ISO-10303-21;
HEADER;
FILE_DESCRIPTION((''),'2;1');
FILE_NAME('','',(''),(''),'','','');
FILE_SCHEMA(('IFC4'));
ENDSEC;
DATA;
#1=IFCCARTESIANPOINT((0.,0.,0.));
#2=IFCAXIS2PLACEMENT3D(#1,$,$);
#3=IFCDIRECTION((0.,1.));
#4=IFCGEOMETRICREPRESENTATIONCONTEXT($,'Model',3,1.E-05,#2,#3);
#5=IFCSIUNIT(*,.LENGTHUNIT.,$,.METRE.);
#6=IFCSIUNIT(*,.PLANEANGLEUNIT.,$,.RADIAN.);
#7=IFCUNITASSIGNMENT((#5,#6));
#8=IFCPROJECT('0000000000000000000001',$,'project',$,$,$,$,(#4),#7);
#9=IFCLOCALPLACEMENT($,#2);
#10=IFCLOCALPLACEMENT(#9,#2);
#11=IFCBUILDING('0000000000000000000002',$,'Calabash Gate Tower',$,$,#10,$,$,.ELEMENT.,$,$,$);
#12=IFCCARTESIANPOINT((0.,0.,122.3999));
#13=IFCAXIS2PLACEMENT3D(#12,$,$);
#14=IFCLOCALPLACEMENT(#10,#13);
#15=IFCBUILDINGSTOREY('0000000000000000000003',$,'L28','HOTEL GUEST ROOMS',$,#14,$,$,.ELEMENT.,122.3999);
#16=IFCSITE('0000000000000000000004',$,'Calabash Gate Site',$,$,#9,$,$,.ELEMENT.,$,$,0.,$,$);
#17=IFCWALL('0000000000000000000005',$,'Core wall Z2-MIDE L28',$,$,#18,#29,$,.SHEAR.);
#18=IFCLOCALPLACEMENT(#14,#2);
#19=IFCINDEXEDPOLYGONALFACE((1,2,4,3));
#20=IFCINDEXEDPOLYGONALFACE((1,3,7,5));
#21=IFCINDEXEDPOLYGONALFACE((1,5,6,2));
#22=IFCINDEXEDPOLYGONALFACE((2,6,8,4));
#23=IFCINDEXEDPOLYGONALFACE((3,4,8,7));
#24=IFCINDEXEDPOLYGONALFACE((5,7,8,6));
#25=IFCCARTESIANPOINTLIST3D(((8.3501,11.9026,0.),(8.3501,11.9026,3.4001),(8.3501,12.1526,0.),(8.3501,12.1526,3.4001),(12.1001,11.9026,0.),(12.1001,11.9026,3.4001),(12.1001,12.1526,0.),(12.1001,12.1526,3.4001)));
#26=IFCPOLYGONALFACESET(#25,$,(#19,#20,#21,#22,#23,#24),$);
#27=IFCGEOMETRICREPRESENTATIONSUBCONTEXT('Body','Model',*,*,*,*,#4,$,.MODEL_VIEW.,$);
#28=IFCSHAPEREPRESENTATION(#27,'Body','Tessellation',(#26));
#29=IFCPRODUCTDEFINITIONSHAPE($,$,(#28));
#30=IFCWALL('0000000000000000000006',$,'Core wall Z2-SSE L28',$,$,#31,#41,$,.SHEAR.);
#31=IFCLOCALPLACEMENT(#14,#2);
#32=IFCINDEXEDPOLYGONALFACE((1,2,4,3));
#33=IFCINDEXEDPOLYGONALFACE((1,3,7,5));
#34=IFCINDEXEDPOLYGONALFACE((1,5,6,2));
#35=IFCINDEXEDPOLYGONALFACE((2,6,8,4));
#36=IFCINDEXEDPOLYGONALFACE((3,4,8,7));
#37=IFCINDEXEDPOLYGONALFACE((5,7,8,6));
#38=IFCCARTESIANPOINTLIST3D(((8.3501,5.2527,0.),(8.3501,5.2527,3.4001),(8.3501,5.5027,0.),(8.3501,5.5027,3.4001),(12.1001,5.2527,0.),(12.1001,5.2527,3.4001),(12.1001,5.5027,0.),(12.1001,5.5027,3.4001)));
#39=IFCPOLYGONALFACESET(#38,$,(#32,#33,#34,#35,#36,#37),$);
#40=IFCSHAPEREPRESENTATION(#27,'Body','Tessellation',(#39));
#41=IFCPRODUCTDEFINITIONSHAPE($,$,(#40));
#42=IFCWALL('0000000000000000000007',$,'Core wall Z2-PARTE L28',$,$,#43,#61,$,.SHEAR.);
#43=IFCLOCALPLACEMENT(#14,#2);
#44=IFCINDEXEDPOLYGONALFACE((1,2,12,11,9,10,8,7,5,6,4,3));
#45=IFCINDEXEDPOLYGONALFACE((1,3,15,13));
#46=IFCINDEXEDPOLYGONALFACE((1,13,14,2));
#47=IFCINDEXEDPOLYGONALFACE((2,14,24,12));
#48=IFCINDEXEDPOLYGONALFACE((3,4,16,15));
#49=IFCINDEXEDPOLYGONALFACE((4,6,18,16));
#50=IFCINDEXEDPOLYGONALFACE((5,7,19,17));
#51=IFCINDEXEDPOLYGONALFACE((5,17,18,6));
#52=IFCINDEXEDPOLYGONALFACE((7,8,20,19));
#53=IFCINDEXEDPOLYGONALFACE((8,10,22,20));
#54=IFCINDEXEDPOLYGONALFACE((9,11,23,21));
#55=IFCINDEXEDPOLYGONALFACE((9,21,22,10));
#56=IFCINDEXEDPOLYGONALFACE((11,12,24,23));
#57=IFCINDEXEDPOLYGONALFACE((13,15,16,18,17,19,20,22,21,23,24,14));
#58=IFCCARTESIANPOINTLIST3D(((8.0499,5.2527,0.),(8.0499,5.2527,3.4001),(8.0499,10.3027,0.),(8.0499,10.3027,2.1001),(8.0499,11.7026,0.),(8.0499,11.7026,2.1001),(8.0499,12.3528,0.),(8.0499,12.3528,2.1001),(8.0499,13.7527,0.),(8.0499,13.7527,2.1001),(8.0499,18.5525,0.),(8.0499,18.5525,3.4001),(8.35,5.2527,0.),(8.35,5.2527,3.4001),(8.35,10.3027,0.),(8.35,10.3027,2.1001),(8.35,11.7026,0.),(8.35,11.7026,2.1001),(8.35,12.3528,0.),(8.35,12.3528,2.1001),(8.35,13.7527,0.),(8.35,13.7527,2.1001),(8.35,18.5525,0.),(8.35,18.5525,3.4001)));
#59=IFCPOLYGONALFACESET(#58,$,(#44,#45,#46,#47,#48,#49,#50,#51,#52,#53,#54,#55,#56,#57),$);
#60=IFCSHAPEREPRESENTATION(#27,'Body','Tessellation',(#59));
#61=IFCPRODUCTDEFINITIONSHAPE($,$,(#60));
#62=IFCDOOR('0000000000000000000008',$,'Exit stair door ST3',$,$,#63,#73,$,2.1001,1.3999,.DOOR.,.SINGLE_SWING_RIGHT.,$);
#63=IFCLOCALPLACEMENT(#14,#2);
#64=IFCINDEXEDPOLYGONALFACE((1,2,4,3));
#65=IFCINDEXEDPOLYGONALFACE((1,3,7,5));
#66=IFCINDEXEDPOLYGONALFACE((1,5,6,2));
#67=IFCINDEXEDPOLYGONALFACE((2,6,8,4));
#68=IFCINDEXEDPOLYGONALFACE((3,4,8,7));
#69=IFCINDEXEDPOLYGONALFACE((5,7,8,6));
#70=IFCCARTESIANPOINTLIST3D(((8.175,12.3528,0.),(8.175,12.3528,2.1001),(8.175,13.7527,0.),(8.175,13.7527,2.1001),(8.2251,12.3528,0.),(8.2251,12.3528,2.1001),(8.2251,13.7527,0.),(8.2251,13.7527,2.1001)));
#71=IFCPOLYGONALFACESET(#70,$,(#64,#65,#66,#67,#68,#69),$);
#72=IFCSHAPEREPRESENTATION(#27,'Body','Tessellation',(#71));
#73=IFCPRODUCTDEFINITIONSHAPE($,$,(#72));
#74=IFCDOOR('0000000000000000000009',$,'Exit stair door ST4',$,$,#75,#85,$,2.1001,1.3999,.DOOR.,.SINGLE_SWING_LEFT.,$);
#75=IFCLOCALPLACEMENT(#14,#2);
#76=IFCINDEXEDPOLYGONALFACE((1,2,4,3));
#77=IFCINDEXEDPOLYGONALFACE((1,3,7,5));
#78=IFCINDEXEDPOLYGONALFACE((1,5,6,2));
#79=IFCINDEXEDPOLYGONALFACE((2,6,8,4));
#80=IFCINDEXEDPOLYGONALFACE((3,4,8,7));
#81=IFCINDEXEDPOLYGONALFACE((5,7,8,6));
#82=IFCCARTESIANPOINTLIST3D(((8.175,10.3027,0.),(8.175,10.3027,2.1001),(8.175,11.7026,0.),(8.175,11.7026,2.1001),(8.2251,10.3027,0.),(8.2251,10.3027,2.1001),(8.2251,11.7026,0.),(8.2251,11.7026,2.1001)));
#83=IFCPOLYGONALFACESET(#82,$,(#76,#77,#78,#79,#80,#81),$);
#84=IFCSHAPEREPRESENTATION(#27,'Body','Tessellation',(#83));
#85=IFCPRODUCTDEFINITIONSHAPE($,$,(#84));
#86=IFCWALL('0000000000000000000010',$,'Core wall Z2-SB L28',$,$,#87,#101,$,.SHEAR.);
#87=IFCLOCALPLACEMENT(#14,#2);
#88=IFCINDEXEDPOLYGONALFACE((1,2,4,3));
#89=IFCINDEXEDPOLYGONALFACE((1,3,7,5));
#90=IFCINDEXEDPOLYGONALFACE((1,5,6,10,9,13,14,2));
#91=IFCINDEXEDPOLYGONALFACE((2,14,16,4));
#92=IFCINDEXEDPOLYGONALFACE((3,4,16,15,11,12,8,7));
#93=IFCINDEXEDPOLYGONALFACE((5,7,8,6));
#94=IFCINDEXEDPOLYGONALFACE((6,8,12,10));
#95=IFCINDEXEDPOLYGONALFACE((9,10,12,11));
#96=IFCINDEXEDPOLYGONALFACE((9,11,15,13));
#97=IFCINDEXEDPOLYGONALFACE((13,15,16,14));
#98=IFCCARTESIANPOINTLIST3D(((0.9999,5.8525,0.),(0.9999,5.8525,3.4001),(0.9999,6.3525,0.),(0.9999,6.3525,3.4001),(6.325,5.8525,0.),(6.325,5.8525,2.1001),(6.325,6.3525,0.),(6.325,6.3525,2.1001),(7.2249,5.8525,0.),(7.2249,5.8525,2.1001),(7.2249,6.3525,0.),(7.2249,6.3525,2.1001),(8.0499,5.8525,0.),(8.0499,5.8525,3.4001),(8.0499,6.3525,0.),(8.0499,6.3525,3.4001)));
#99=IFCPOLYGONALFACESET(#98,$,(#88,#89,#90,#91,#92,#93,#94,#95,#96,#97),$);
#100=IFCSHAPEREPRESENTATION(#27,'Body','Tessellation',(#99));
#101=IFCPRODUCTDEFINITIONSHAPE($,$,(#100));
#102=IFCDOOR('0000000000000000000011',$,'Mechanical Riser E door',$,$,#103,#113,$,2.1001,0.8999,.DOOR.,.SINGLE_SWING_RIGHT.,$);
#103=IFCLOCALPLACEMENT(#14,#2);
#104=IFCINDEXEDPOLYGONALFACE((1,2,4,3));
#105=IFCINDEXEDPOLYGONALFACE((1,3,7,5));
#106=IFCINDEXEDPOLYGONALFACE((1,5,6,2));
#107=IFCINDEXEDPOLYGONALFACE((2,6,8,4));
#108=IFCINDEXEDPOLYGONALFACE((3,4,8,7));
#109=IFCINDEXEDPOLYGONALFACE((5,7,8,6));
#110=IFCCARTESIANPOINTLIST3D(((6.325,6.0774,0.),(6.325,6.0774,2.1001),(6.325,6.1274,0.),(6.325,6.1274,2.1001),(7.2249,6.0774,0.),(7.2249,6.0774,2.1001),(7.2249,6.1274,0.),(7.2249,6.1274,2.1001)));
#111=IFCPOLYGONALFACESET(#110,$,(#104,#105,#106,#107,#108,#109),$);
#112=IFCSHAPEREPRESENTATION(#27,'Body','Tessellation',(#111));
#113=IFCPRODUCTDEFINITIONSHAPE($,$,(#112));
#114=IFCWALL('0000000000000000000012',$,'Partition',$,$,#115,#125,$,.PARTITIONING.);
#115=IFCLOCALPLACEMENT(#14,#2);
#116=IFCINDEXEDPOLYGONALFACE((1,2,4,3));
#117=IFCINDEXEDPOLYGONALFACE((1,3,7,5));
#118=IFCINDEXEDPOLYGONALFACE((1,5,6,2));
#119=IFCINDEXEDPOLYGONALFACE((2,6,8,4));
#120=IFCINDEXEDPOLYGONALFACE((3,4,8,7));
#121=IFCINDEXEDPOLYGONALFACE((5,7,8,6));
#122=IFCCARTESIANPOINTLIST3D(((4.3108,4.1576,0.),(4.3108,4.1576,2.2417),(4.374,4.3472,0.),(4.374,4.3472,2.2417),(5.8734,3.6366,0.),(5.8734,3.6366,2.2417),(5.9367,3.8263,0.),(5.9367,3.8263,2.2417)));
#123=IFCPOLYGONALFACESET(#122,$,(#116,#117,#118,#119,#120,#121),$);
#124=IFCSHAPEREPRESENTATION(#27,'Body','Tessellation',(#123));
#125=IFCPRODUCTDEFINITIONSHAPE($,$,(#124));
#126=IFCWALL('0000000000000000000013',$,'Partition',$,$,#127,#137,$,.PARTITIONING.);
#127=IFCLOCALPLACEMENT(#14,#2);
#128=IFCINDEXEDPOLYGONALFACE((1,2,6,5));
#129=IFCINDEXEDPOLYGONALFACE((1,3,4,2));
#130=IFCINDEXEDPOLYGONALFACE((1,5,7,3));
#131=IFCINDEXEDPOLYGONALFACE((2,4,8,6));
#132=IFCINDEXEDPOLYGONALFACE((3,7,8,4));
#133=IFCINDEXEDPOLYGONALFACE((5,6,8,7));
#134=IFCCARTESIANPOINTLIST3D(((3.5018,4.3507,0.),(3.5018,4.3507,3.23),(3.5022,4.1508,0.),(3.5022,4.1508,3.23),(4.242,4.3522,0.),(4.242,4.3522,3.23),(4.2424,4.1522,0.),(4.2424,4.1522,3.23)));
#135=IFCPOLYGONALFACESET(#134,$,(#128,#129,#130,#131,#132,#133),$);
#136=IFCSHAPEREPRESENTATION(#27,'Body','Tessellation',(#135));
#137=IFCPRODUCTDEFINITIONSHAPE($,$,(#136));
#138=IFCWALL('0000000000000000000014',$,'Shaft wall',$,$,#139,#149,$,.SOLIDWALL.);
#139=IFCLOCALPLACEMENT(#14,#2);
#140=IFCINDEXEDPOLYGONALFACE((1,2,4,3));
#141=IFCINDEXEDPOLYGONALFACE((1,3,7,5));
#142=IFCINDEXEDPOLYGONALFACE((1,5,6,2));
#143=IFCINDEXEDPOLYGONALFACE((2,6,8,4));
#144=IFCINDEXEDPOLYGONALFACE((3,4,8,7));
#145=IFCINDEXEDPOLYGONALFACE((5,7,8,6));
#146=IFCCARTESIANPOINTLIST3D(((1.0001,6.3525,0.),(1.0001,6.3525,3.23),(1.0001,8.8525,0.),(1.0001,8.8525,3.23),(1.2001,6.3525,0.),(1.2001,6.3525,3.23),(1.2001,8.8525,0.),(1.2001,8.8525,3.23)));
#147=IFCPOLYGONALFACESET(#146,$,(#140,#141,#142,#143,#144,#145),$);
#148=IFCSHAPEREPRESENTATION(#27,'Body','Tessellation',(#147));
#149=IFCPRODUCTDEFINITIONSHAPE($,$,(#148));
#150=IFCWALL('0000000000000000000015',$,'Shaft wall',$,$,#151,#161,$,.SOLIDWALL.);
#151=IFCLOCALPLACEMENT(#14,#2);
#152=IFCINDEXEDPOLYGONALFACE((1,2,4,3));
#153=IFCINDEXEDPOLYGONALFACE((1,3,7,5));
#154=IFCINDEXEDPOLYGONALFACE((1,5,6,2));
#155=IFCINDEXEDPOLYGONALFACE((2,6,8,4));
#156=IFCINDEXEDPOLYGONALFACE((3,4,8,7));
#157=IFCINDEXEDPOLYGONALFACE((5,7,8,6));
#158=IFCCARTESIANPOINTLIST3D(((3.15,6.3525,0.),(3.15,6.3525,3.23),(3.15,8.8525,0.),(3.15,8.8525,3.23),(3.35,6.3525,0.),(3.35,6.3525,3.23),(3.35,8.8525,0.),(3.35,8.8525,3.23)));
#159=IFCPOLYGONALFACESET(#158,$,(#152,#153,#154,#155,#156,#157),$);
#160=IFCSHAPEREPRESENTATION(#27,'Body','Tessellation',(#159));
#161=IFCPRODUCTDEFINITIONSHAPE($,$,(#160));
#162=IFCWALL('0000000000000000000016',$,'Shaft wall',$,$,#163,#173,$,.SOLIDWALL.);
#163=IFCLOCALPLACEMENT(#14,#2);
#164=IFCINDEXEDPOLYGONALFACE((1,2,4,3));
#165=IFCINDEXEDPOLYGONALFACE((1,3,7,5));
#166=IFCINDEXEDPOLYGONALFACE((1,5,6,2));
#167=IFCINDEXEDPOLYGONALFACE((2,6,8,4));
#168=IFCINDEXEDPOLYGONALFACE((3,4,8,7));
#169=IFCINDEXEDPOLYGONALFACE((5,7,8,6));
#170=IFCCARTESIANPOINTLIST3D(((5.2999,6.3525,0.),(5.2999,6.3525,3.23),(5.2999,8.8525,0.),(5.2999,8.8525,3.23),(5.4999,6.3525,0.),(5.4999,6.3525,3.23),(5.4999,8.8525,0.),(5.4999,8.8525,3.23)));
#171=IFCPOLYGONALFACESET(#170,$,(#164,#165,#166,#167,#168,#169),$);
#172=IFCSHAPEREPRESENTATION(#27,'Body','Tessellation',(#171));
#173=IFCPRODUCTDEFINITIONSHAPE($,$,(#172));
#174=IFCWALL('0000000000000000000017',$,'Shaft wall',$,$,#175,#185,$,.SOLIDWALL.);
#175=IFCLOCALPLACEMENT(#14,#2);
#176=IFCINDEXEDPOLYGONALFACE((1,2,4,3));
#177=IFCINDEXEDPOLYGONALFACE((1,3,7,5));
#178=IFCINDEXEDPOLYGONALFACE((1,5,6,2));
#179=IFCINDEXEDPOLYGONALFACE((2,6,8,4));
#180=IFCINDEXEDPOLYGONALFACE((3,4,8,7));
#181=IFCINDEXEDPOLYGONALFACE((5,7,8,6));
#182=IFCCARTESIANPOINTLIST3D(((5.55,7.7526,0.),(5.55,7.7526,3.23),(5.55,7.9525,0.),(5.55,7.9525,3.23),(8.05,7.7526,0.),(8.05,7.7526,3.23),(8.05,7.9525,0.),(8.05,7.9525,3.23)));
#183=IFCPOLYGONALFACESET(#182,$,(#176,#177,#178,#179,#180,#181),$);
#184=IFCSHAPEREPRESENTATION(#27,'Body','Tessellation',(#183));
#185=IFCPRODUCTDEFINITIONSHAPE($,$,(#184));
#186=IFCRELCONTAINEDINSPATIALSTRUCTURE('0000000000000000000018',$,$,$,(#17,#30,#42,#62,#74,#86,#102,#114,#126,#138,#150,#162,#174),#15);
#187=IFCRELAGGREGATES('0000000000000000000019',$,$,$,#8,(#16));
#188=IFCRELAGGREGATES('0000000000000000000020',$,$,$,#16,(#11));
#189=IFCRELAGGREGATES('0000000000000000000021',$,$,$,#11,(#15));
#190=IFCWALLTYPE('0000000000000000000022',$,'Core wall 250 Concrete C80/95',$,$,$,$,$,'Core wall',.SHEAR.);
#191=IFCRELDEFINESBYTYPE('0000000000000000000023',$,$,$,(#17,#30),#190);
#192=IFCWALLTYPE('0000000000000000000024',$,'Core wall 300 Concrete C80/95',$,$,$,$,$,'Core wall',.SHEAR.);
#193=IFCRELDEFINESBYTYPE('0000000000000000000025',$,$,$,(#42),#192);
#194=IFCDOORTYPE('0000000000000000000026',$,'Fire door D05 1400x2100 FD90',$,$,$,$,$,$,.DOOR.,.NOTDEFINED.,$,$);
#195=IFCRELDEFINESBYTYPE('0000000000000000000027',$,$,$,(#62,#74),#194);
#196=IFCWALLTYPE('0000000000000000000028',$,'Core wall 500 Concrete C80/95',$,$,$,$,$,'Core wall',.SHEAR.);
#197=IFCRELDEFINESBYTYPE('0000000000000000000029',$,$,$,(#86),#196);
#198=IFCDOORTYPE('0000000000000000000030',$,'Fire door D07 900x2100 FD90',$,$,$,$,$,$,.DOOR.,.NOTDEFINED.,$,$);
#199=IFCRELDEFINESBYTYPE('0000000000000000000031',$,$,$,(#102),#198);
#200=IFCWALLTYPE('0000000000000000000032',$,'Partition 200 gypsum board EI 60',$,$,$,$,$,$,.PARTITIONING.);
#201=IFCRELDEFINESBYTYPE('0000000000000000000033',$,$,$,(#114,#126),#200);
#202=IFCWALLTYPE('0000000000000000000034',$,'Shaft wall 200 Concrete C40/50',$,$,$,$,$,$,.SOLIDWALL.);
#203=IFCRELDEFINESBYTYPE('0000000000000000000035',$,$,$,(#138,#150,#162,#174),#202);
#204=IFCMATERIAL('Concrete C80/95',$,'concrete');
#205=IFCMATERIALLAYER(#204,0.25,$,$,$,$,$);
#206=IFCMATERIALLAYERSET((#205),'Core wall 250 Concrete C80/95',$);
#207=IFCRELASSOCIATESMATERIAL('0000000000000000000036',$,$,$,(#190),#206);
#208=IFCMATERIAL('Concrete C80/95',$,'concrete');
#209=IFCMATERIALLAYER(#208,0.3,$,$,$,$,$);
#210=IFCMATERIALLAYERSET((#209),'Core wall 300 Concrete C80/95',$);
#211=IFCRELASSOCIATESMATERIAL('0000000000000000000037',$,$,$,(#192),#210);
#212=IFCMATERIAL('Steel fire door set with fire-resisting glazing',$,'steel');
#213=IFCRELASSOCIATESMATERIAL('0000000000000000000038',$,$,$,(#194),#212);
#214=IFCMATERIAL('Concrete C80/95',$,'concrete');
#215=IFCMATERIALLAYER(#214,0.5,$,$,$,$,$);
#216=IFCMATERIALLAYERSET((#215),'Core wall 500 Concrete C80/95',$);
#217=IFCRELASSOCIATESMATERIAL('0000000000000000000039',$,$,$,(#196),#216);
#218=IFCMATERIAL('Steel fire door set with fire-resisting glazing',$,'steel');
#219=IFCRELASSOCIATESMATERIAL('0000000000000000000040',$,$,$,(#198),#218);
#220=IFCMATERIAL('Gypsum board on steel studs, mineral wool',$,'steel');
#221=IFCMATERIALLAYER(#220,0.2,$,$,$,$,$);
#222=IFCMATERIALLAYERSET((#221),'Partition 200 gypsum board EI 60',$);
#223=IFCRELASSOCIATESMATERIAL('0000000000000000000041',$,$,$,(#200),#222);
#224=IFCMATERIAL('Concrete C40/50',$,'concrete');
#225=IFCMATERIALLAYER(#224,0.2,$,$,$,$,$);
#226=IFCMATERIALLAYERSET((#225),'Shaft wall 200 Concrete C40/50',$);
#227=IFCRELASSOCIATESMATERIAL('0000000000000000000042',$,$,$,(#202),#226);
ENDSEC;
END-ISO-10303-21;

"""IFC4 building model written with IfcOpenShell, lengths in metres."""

from ifc_helpers import new_model, si_unit, direction, frame, frame_2d, origin, place, context, subcontext, project, spatial, rectangle, extrude, material, layer, layer_set, type_object, element, fill, save


model = new_model("IFC4")

# Units and contexts
model_context = context("Model", 3, precision=1e-05, world=origin(), true_north=direction((0.0, 1.0)))
body_context = subcontext(model_context, "Body", "Model", "MODEL_VIEW")
ifc_project = project(units=[si_unit("LENGTHUNIT", "METRE"), si_unit("PLANEANGLEUNIT", "RADIAN")], contexts=[model_context])

# Site, building, storey
site_placement = place(None, origin())
site = spatial("IfcSite", under=ifc_project, at=site_placement, Name="Calabash Gate Site", CompositionType="ELEMENT", RefElevation=0.0)
building_placement = place(site_placement, origin())
building = spatial("IfcBuilding", under=site, at=building_placement, Name="Calabash Gate Tower", CompositionType="ELEMENT")
storey_placement = place(building_placement, frame((0.0, 0.0, 122.3999)))
storey = spatial("IfcBuildingStorey", under=building, at=storey_placement, Name="L28", Description="HOTEL GUEST ROOMS", CompositionType="ELEMENT", Elevation=122.3999)

# Walls
ifc_material_1 = material(Name="Concrete C80/95", Category="concrete")
ifc_layer_1 = layer(ifc_material_1, 0.25)
ifc_layer_set_1 = layer_set([ifc_layer_1], Name="Core wall 250 Concrete C80/95")
wall_type_1 = type_object("IfcWallType", Name="Core wall 250 Concrete C80/95", ElementType="Core wall", PredefinedType="SHEAR", material=ifc_layer_set_1)
for number, where, z_axis, x_axis, name in (
    (1, (8.3501, 12.0276, 0.0), (0.0, 0.0, 1.0), (1.0, 0.0, 0.0), "Core wall Z2-MIDE L28"),
    (2, (8.3501, 5.3777, 0.0), (0.0, 0.0, 1.0), (1.0, 0.0, 0.0), "Core wall Z2-SSE L28"),
):
    element("IfcWall", number, at=place(storey_placement, frame(where, z_axis=z_axis, x_axis=x_axis)), inside=storey, type_object=wall_type_1, Name=name, PredefinedType="SHEAR", context=body_context, shape_type="SweptSolid", body=[
        extrude(rectangle(XDim=3.75, YDim=0.25, at=frame_2d((1.875, 0.0))), origin(), (0.0, 0.0, 1.0), 3.4001),
    ])

# Wall, openings, doors
ifc_material_2 = material(Name="Concrete C80/95", Category="concrete")
ifc_layer_2 = layer(ifc_material_2, 0.3)
ifc_layer_set_2 = layer_set([ifc_layer_2], Name="Core wall 300 Concrete C80/95")
wall_type_2 = type_object("IfcWallType", Name="Core wall 300 Concrete C80/95", ElementType="Core wall", PredefinedType="SHEAR", material=ifc_layer_set_2)
wall_1_placement = place(storey_placement, frame((8.2, 5.2527, 0.0), z_axis=(0.0, 0.0, 1.0), x_axis=(0.0, 1.0, 0.0)))
wall_1 = element("IfcWall", 3, at=wall_1_placement, inside=storey, type_object=wall_type_2, Name="Core wall Z2-PARTE L28", PredefinedType="SHEAR", context=body_context, shape_type="SweptSolid", body=[
    extrude(rectangle(XDim=13.2998, YDim=0.3, at=frame_2d((6.6499, 0.0))), origin(), (0.0, 0.0, 1.0), 3.4001),
])
opening_1_placement = place(wall_1_placement, frame((7.1001, 0.0, 0.0)))
opening_1 = element("IfcOpeningElement", 4, at=opening_1_placement, cuts=wall_1, PredefinedType="OPENING", context=body_context, shape_type="SweptSolid", body=[
    extrude(rectangle(XDim=1.3999, YDim=2.1001, at=frame_2d((0.7, 1.05))), frame((0.0, 0.1599, 0.0), z_axis=(0.0, -1.0, 0.0), x_axis=(1.0, 0.0, 0.0)), (0.0, 0.0, 1.0), 0.3201),
])
opening_2_placement = place(wall_1_placement, frame((5.05, 0.0, 0.0)))
opening_2 = element("IfcOpeningElement", 5, at=opening_2_placement, cuts=wall_1, PredefinedType="OPENING", context=body_context, shape_type="SweptSolid", body=[
    extrude(rectangle(XDim=1.3999, YDim=2.1001, at=frame_2d((0.7, 1.05))), frame((0.0, 0.1599, 0.0), z_axis=(0.0, -1.0, 0.0), x_axis=(1.0, 0.0, 0.0)), (0.0, 0.0, 1.0), 0.3201),
])
ifc_material_3 = material(Name="Steel fire door set with fire-resisting glazing", Category="steel")
door_type_1 = type_object("IfcDoorType", Name="Fire door D05 1400x2100 FD90", OperationType="NOTDEFINED", PredefinedType="DOOR", material=ifc_material_3)
door_1_placement = place(opening_1_placement, origin())
door_1 = element("IfcDoor", 6, at=door_1_placement, inside=storey, type_object=door_type_1, Name="Exit stair door ST3", OperationType="SINGLE_SWING_RIGHT", OverallHeight=2.1001, OverallWidth=1.3999, PredefinedType="DOOR", context=body_context, shape_type="SweptSolid", body=[
    extrude(rectangle(XDim=1.3999, YDim=2.1001, at=frame_2d((0.7, 1.05))), frame((0.0, 0.0249, 0.0), z_axis=(0.0, -1.0, 0.0), x_axis=(1.0, 0.0, 0.0)), (0.0, 0.0, 1.0), 0.05),
])
fill(opening_1, door_1)
door_2_placement = place(opening_2_placement, origin())
door_2 = element("IfcDoor", 7, at=door_2_placement, inside=storey, type_object=door_type_1, Name="Exit stair door ST4", OperationType="SINGLE_SWING_LEFT", OverallHeight=2.1001, OverallWidth=1.3999, PredefinedType="DOOR", context=body_context, shape_type="SweptSolid", body=[
    extrude(rectangle(XDim=1.3999, YDim=2.1001, at=frame_2d((0.7, 1.05))), frame((0.0, 0.0249, 0.0), z_axis=(0.0, -1.0, 0.0), x_axis=(1.0, 0.0, 0.0)), (0.0, 0.0, 1.0), 0.05),
])
fill(opening_2, door_2)

# Wall, opening, door
ifc_material_4 = material(Name="Concrete C80/95", Category="concrete")
ifc_layer_3 = layer(ifc_material_4, 0.5)
ifc_layer_set_3 = layer_set([ifc_layer_3], Name="Core wall 500 Concrete C80/95")
wall_type_3 = type_object("IfcWallType", Name="Core wall 500 Concrete C80/95", ElementType="Core wall", PredefinedType="SHEAR", material=ifc_layer_set_3)
wall_2_placement = place(storey_placement, frame((1.0, 6.1025, 0.0), z_axis=(0.0, 0.0, 1.0), x_axis=(1.0, 0.0, 0.0)))
wall_2 = element("IfcWall", 8, at=wall_2_placement, inside=storey, type_object=wall_type_3, Name="Core wall Z2-SB L28", PredefinedType="SHEAR", context=body_context, shape_type="SweptSolid", body=[
    extrude(rectangle(XDim=7.05, YDim=0.5, at=frame_2d((3.5249, 0.0))), origin(), (0.0, 0.0, 1.0), 3.4001),
])
opening_3_placement = place(wall_2_placement, frame((5.325, 0.0, 0.0)))
opening_3 = element("IfcOpeningElement", 9, at=opening_3_placement, cuts=wall_2, PredefinedType="OPENING", context=body_context, shape_type="SweptSolid", body=[
    extrude(rectangle(XDim=0.8999, YDim=2.1001, at=frame_2d((0.45, 1.05))), frame((0.0, 0.26, 0.0), z_axis=(0.0, -1.0, 0.0), x_axis=(1.0, 0.0, 0.0)), (0.0, 0.0, 1.0), 0.52),
])
ifc_material_5 = material(Name="Steel fire door set with fire-resisting glazing", Category="steel")
door_type_2 = type_object("IfcDoorType", Name="Fire door D07 900x2100 FD90", OperationType="NOTDEFINED", PredefinedType="DOOR", material=ifc_material_5)
door_3_placement = place(opening_3_placement, origin())
door_3 = element("IfcDoor", 10, at=door_3_placement, inside=storey, type_object=door_type_2, Name="Mechanical Riser E door", OperationType="SINGLE_SWING_RIGHT", OverallHeight=2.1001, OverallWidth=0.8999, PredefinedType="DOOR", context=body_context, shape_type="SweptSolid", body=[
    extrude(rectangle(XDim=0.8999, YDim=2.1001, at=frame_2d((0.45, 1.05))), frame((0.0, 0.0249, 0.0), z_axis=(0.0, -1.0, 0.0), x_axis=(1.0, 0.0, 0.0)), (0.0, 0.0, 1.0), 0.05),
])
fill(opening_3, door_3)

# Walls
ifc_material_6 = material(Name="Gypsum board on steel studs, mineral wool", Category="steel")
ifc_layer_4 = layer(ifc_material_6, 0.2)
ifc_layer_set_4 = layer_set([ifc_layer_4], Name="Partition 200 gypsum board EI 60")
wall_type_4 = type_object("IfcWallType", Name="Partition 200 gypsum board EI 60", PredefinedType="PARTITIONING", material=ifc_layer_set_4)
wall_3_placement = place(storey_placement, frame((4.3423, 4.2524, 0.0), z_axis=(0.0, 0.0, 1.0), x_axis=(0.948668, -0.316272, 0.0)))
element("IfcWall", 11, at=wall_3_placement, inside=storey, type_object=wall_type_4, Name="Partition", PredefinedType="PARTITIONING", context=body_context, shape_type="SweptSolid", body=[
    extrude(rectangle(XDim=1.6472, YDim=0.2, at=frame_2d((0.8237, 0.0))), origin(), (0.0, 0.0, 1.0), 2.2417),
])
wall_4_placement = place(storey_placement, frame((3.502, 4.2507, 0.0), z_axis=(0.0, 0.0, 1.0), x_axis=(0.999998, 0.001979, 0.0)))
element("IfcWall", 12, at=wall_4_placement, inside=storey, type_object=wall_type_4, Name="Partition", PredefinedType="PARTITIONING", context=body_context, shape_type="SweptSolid", body=[
    extrude(rectangle(XDim=0.7402, YDim=0.2, at=frame_2d((0.3701, 0.0))), origin(), (0.0, 0.0, 1.0), 3.23),
])
ifc_material_7 = material(Name="Concrete C40/50", Category="concrete")
ifc_layer_5 = layer(ifc_material_7, 0.2)
ifc_layer_set_5 = layer_set([ifc_layer_5], Name="Shaft wall 200 Concrete C40/50")
wall_type_5 = type_object("IfcWallType", Name="Shaft wall 200 Concrete C40/50", PredefinedType="SOLIDWALL", material=ifc_layer_set_5)
for number, where, z_axis, x_axis, name in (
    (13, (1.1001, 6.3525, 0.0), (0.0, 0.0, 1.0), (0.0, 1.0, 0.0), "Shaft wall"),
    (14, (3.25, 6.3525, 0.0), (0.0, 0.0, 1.0), (0.0, 1.0, 0.0), "Shaft wall"),
    (15, (5.3999, 6.3525, 0.0), (0.0, 0.0, 1.0), (0.0, 1.0, 0.0), "Shaft wall"),
    (16, (5.55, 7.8525, 0.0), (0.0, 0.0, 1.0), (1.0, 0.0, 0.0), "Shaft wall"),
):
    element("IfcWall", number, at=place(storey_placement, frame(where, z_axis=z_axis, x_axis=x_axis)), inside=storey, type_object=wall_type_5, Name=name, PredefinedType="SOLIDWALL", context=body_context, shape_type="SweptSolid", body=[
        extrude(rectangle(XDim=2.5, YDim=0.2, at=frame_2d((1.25, 0.0))), origin(), (0.0, 0.0, 1.0), 3.23),
    ])

save(model, "model.ifc")
